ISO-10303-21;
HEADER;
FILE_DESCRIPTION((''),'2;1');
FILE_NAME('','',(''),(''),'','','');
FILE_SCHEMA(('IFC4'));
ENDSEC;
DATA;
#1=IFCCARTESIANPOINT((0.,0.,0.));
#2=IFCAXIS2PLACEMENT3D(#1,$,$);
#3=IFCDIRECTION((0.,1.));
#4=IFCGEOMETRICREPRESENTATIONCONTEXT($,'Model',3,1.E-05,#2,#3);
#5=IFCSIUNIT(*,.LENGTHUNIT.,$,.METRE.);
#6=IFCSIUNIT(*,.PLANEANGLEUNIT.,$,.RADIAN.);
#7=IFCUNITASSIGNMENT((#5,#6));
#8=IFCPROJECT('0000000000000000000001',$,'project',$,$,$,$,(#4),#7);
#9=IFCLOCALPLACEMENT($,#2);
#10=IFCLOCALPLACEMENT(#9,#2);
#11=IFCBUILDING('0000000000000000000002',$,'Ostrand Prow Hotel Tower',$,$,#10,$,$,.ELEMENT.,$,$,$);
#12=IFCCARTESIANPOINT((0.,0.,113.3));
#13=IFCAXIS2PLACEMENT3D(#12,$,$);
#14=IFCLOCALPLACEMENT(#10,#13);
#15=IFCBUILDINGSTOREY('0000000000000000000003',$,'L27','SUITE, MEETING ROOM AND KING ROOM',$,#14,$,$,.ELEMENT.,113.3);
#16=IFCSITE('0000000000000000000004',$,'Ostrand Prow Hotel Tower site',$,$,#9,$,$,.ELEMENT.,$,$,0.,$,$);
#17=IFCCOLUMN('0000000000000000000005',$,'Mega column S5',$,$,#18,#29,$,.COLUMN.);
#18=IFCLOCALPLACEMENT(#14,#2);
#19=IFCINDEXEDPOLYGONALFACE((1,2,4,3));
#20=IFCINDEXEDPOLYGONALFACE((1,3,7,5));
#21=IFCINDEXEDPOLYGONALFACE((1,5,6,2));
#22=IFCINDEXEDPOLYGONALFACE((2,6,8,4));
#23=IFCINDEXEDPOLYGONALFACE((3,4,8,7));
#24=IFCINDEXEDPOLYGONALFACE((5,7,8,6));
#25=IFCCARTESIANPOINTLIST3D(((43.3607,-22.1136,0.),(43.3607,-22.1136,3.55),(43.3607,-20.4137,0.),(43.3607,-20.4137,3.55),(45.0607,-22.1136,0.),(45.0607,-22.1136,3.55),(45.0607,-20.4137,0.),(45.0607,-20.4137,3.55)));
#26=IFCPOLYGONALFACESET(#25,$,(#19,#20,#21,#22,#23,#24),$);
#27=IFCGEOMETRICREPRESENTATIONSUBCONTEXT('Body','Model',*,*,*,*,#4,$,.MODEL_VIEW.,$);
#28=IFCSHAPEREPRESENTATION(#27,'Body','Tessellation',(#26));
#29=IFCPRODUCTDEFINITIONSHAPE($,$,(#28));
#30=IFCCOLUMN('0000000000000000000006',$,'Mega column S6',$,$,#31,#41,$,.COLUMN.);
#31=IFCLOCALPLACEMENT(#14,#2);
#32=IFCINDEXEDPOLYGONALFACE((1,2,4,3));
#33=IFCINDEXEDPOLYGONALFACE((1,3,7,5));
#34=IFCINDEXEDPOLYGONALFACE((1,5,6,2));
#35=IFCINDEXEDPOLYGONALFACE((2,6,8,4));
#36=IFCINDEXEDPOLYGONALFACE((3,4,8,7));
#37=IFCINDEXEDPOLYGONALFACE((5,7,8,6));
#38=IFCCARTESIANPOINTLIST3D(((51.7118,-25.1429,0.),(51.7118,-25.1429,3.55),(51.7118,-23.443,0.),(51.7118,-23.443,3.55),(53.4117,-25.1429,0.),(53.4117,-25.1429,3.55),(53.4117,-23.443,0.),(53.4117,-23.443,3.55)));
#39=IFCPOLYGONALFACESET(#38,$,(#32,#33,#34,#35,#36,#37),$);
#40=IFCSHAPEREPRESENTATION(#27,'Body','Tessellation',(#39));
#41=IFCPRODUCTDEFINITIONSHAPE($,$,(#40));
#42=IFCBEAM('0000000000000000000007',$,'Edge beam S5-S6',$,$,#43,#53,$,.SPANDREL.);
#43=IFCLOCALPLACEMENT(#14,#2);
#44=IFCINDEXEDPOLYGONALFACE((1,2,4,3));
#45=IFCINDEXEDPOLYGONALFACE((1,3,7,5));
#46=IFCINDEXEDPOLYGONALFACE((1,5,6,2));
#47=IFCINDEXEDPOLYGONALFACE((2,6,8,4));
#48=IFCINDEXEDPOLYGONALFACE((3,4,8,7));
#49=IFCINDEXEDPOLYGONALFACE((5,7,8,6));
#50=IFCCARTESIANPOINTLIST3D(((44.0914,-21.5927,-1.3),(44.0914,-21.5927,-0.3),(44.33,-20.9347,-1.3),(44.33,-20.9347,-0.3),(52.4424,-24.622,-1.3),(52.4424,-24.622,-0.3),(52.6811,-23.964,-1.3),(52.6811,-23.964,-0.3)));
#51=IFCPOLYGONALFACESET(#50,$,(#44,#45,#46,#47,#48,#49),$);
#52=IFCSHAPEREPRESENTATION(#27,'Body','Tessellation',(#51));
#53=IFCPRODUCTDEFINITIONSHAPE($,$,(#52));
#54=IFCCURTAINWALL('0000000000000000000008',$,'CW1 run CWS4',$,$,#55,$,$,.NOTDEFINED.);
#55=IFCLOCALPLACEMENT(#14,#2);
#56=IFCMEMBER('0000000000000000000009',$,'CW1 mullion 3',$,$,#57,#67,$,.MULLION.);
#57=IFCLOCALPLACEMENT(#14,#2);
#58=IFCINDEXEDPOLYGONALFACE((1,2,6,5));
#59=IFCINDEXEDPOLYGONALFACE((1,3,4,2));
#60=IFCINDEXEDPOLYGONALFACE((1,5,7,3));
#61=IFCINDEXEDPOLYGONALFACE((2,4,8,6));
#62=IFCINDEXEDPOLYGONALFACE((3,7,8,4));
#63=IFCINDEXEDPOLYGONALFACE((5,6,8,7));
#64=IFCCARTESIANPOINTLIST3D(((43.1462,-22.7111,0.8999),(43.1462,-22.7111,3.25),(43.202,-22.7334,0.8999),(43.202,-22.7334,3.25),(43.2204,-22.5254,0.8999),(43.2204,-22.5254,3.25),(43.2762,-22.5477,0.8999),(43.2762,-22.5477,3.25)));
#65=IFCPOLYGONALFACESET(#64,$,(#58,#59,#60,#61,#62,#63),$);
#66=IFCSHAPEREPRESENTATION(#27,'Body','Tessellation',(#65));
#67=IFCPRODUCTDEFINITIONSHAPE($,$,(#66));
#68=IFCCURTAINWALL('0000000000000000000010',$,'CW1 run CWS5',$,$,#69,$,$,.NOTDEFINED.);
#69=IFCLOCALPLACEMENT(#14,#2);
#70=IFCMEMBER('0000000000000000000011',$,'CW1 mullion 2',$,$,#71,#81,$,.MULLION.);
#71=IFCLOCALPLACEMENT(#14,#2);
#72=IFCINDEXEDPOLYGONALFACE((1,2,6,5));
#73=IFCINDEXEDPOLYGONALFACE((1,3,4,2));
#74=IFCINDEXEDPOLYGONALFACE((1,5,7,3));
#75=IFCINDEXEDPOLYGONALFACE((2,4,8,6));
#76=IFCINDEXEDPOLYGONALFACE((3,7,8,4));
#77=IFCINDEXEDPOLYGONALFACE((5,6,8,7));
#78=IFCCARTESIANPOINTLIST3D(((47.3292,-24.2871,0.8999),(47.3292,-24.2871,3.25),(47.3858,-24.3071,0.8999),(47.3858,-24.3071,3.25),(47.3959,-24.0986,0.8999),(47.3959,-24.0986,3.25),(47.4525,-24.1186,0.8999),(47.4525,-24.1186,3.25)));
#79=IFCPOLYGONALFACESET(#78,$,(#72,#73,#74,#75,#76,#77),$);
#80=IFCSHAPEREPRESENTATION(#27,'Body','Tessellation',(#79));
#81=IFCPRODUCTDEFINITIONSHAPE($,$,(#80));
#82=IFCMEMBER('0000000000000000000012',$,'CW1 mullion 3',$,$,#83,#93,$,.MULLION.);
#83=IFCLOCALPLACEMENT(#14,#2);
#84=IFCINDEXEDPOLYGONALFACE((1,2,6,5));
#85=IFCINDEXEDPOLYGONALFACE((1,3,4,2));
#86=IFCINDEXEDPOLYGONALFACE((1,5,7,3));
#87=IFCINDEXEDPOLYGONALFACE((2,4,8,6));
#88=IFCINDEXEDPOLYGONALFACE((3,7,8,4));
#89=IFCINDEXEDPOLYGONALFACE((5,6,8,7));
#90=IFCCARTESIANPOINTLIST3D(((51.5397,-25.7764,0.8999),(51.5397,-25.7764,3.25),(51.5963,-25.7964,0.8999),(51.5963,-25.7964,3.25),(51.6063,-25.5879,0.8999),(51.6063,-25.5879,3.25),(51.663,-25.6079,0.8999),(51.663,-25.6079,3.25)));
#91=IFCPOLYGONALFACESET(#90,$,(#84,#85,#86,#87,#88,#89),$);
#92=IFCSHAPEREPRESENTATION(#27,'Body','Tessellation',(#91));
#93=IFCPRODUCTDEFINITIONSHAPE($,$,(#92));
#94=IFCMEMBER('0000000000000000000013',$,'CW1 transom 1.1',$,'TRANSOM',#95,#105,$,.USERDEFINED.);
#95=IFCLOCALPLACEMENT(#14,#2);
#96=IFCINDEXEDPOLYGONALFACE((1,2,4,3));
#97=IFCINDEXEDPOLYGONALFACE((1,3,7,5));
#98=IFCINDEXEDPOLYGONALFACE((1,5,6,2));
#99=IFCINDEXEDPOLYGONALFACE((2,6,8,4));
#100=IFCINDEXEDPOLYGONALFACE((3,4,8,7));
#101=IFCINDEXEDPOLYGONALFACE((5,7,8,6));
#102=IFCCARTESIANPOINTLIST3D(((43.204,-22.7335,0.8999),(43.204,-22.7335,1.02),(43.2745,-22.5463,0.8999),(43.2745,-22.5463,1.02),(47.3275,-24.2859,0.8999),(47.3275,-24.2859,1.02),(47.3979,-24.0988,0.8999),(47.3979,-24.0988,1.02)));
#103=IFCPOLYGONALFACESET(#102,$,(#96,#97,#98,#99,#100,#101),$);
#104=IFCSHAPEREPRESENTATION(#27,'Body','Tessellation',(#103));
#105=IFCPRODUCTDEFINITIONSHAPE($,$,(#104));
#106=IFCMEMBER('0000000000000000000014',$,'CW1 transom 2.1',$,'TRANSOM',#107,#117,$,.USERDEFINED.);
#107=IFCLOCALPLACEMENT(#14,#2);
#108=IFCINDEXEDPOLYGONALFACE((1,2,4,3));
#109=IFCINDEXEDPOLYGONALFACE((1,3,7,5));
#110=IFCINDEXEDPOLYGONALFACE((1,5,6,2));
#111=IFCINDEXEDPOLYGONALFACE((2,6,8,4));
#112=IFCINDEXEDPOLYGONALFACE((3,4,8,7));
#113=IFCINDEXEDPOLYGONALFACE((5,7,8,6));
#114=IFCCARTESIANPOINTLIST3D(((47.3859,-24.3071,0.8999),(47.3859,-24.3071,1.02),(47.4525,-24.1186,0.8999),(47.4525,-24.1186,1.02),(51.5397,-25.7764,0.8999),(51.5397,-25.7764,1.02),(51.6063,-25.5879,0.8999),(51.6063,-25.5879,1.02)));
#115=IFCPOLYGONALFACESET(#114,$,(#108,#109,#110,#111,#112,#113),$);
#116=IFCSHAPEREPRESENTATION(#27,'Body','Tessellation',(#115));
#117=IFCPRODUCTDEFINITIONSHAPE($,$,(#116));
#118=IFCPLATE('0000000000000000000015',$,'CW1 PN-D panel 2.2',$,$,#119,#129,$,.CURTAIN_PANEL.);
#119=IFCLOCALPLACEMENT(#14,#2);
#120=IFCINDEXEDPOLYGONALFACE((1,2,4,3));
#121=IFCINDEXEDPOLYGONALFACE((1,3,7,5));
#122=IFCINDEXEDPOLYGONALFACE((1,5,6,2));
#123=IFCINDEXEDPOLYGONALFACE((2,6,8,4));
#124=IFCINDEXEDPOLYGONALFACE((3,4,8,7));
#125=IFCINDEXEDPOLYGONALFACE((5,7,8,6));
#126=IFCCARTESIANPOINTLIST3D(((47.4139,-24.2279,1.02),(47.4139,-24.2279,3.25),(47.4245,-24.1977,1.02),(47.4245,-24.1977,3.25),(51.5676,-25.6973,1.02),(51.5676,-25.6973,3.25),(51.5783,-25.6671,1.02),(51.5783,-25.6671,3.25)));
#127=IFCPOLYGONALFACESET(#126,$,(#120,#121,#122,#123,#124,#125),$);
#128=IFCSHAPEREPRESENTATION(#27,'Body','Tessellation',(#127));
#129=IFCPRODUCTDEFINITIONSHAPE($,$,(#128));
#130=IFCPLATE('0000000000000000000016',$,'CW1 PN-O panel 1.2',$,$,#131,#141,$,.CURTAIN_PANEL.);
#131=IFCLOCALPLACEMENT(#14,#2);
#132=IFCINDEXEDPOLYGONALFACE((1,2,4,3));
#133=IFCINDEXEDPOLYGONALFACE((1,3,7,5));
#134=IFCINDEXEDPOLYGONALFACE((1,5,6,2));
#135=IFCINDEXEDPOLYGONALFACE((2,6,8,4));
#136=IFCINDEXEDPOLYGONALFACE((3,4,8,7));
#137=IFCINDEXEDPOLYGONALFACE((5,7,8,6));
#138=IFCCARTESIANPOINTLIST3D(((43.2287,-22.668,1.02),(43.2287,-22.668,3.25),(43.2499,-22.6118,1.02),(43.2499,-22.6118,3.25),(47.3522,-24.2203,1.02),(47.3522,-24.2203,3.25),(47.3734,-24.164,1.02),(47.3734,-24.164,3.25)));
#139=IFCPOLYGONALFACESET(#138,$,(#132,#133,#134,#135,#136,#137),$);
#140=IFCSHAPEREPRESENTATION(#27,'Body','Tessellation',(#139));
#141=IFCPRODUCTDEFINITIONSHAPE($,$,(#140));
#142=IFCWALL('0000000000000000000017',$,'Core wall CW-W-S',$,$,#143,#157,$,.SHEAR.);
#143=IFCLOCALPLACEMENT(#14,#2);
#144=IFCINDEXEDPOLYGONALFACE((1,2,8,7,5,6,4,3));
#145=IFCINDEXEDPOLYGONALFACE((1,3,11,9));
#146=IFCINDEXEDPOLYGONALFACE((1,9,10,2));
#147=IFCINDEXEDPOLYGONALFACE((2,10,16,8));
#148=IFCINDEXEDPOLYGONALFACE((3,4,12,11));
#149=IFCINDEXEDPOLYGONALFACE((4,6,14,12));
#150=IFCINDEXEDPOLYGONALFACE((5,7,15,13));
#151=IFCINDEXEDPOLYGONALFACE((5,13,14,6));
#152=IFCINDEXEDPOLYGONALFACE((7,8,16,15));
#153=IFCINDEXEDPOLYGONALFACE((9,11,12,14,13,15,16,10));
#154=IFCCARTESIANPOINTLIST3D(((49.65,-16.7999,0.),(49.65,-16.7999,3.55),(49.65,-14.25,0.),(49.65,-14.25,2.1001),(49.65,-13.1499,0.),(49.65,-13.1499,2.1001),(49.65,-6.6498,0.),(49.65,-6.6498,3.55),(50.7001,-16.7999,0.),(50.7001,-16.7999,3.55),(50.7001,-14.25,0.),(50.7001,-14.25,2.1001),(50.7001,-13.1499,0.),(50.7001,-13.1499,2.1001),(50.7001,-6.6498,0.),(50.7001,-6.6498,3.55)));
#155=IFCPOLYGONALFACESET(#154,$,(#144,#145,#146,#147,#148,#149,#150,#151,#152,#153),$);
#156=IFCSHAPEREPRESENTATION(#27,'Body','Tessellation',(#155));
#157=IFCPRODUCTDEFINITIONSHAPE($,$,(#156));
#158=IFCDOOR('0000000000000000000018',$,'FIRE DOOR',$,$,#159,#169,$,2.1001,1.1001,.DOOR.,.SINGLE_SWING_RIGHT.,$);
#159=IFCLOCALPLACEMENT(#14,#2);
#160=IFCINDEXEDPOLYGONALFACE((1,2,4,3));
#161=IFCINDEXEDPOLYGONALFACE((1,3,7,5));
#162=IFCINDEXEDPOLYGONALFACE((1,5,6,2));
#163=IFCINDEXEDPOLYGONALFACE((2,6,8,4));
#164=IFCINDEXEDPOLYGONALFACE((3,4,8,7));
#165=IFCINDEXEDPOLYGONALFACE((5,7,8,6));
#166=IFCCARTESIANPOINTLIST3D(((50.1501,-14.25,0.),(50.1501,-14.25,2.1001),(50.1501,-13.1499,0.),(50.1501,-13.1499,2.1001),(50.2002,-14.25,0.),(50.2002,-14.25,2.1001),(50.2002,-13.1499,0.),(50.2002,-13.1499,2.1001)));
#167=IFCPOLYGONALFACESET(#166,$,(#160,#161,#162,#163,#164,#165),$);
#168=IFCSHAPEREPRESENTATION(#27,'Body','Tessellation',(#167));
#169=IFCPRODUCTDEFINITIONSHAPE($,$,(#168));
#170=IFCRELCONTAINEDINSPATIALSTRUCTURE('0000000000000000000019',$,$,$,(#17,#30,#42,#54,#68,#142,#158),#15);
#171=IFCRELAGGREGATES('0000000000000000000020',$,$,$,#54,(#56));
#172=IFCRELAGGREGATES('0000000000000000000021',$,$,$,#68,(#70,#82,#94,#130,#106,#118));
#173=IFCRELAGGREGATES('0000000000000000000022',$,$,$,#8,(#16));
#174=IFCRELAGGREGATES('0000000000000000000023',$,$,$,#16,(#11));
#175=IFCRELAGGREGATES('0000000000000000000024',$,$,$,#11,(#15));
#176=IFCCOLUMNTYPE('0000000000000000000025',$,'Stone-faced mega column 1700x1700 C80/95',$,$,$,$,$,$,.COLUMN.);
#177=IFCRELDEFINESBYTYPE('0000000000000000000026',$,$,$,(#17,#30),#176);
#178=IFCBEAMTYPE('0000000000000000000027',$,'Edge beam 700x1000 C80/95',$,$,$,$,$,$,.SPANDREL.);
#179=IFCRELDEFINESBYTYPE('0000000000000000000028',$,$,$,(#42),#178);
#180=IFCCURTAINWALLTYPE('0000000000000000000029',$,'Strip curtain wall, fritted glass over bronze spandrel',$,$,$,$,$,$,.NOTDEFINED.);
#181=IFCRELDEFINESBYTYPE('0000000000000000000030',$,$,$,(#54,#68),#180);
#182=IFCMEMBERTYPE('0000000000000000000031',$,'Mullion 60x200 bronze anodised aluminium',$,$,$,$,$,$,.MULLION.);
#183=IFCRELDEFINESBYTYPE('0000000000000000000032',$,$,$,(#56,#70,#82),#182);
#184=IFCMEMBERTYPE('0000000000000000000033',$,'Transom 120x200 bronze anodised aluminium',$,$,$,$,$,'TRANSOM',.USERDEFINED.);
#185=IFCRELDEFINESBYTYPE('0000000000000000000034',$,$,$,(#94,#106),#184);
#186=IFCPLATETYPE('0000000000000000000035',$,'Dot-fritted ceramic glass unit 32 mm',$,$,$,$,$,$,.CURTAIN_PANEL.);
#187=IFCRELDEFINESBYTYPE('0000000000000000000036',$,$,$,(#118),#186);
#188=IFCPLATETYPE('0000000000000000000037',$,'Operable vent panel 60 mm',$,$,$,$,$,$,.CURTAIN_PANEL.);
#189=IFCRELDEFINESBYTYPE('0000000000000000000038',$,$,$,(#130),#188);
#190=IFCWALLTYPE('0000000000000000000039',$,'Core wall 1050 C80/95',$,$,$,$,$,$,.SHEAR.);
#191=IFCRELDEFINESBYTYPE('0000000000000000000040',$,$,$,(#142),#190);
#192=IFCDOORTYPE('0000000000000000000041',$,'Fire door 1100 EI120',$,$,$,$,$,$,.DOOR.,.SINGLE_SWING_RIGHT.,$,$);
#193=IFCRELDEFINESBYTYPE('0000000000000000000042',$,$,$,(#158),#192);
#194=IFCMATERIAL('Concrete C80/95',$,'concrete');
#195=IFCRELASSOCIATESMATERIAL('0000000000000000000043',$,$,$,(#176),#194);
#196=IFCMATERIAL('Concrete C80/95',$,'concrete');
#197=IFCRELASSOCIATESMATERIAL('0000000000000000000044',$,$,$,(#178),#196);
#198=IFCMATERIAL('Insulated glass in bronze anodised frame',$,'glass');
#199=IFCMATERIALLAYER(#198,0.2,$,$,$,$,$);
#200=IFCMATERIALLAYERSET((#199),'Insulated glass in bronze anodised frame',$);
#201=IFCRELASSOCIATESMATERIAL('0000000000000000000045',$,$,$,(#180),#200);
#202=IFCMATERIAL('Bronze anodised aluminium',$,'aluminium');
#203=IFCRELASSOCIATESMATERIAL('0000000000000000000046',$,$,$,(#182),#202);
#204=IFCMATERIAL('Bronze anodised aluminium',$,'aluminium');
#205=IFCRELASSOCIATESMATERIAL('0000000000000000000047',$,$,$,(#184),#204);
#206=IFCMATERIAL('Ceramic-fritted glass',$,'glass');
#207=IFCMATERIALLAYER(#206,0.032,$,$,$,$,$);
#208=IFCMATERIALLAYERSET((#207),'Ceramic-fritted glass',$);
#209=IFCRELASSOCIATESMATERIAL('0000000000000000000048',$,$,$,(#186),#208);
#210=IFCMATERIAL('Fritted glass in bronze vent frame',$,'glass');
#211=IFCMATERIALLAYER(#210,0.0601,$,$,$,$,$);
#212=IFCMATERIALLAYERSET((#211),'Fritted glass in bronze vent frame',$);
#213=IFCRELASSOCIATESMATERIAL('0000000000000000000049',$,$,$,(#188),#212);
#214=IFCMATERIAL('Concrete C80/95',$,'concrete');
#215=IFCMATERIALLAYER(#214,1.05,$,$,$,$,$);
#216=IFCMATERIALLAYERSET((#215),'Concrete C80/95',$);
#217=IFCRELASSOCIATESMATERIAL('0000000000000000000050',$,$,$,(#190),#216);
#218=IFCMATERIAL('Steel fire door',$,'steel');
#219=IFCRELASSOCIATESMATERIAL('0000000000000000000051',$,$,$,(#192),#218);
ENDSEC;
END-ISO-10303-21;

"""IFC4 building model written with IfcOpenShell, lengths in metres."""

from ifc_helpers import new_model, si_unit, direction, frame, frame_2d, origin, origin_2d, place, context, subcontext, project, spatial, rectangle, extrude, material, layer, layer_set, material_profile, profile_set, type_object, element, fill, aggregate, save


model = new_model("IFC4")

# Units and contexts
model_context = context("Model", 3, precision=1e-05, world=origin(), true_north=direction((0.0, 1.0)))
body_context = subcontext(model_context, "Body", "Model", "MODEL_VIEW")
ifc_project = project(units=[si_unit("LENGTHUNIT", "METRE"), si_unit("PLANEANGLEUNIT", "RADIAN")], contexts=[model_context])

# Site, building, storey
site_placement = place(None, origin())
site = spatial("IfcSite", under=ifc_project, at=site_placement, Name="Ostrand Prow Hotel Tower site", CompositionType="ELEMENT", RefElevation=0.0)
building_placement = place(site_placement, origin())
building = spatial("IfcBuilding", under=site, at=building_placement, Name="Ostrand Prow Hotel Tower", CompositionType="ELEMENT")
storey_placement = place(building_placement, frame((0.0, 0.0, 113.3)))
storey = spatial("IfcBuildingStorey", under=building, at=storey_placement, Name="L27", Description="SUITE, MEETING ROOM AND KING ROOM", CompositionType="ELEMENT", Elevation=113.3)

# Columns
ifc_material_1 = material(Name="Concrete C80/95", Category="concrete")
ifc_material_profile_1 = material_profile(ifc_material_1, rectangle(XDim=1.7, YDim=1.7, at=origin_2d()), Name="RC 1700x1700")
ifc_profile_set_1 = profile_set([ifc_material_profile_1], Name="Concrete C80/95")
column_type = type_object("IfcColumnType", Name="Stone-faced mega column 1700x1700 C80/95", PredefinedType="COLUMN", material=ifc_profile_set_1)
for number, where, z_axis, x_axis, name in (
    (1, (44.2107, -21.2637, 0.0), (0.0, 0.0, 1.0), (1.0, 0.0, 0.0), "Mega column S5"),
    (2, (52.5618, -24.293, 0.0), (0.0, 0.0, 1.0), (1.0, 0.0, 0.0), "Mega column S6"),
):
    element("IfcColumn", number, at=place(storey_placement, frame(where, z_axis=z_axis, x_axis=x_axis)), inside=storey, type_object=column_type, Name=name, PredefinedType="COLUMN", context=body_context, shape_type="SweptSolid", body=[
        extrude(rectangle(XDim=1.7, YDim=1.7, at=origin_2d()), origin(), (0.0, 0.0, 1.0), 3.55),
    ])

# Beam
ifc_material_2 = material(Name="Concrete C80/95", Category="concrete")
ifc_material_profile_2 = material_profile(ifc_material_2, rectangle(XDim=0.7, YDim=1.0, at=origin_2d()), Name="RC 700x1000")
ifc_profile_set_2 = profile_set([ifc_material_profile_2], Name="Concrete C80/95")
beam_type = type_object("IfcBeamType", Name="Edge beam 700x1000 C80/95", PredefinedType="SPANDREL", material=ifc_profile_set_2)
beam_placement = place(storey_placement, frame((44.2107, -21.2637, -0.8), z_axis=(0.940063, -0.341002, 0.0), x_axis=(0.341002, 0.940063, 0.0)))
element("IfcBeam", 3, at=beam_placement, inside=storey, type_object=beam_type, Name="Edge beam S5-S6", PredefinedType="SPANDREL", context=body_context, shape_type="SweptSolid", body=[
    extrude(rectangle(XDim=0.7, YDim=1.0, at=origin_2d()), origin(), (0.0, 0.0, 1.0), 8.8835),
])

# Curtain wall, member
ifc_material_3 = material(Name="Insulated glass in bronze anodised frame", Category="glass")
ifc_layer_1 = layer(ifc_material_3, 0.2)
ifc_layer_set_1 = layer_set([ifc_layer_1], Name="Insulated glass in bronze anodised frame")
curtain_wall_type = type_object("IfcCurtainWallType", Name="Strip curtain wall, fritted glass over bronze spandrel", PredefinedType="NOTDEFINED", material=ifc_layer_set_1)
curtain_wall_1_placement = place(storey_placement, origin())
curtain_wall_1 = element("IfcCurtainWall", 4, at=curtain_wall_1_placement, inside=storey, type_object=curtain_wall_type, Name="CW1 run CWS4", PredefinedType="NOTDEFINED")
ifc_material_4 = material(Name="Bronze anodised aluminium", Category="aluminium")
ifc_material_profile_3 = material_profile(ifc_material_4, rectangle(XDim=0.2, YDim=0.0601, at=origin_2d()), Name="Mullion 60x200 bronze anodised aluminium")
ifc_profile_set_3 = profile_set([ifc_material_profile_3], Name="Bronze anodised aluminium")
member_type_1 = type_object("IfcMemberType", Name="Mullion 60x200 bronze anodised aluminium", PredefinedType="MULLION", material=ifc_profile_set_3)
member_1_placement = place(storey_placement, frame((43.2112, -22.6294, 0.8999), z_axis=(0.0, 0.0, 1.0), x_axis=(0.370982, 0.92864, 0.0)))
member_1 = element("IfcMember", 5, at=member_1_placement, type_object=member_type_1, Name="CW1 mullion 3", PredefinedType="MULLION", context=body_context, shape_type="SweptSolid", body=[
    extrude(rectangle(XDim=0.2, YDim=0.0601, at=origin_2d()), origin(), (0.0, 0.0, 1.0), 2.3501),
])
aggregate(curtain_wall_1, [member_1])

# Curtain wall, members, plates
curtain_wall_2_placement = place(storey_placement, origin())
curtain_wall_2 = element("IfcCurtainWall", 6, at=curtain_wall_2_placement, inside=storey, type_object=curtain_wall_type, Name="CW1 run CWS5", PredefinedType="NOTDEFINED")
member_2_placement = place(storey_placement, frame((47.3909, -24.2029, 0.8999), z_axis=(0.0, 0.0, 1.0), x_axis=(0.333496, 0.942752, 0.0)))
member_2 = element("IfcMember", 7, at=member_2_placement, type_object=member_type_1, Name="CW1 mullion 2", PredefinedType="MULLION", context=body_context, shape_type="SweptSolid", body=[
    extrude(rectangle(XDim=0.2, YDim=0.0601, at=origin_2d()), origin(), (0.0, 0.0, 1.0), 2.3501),
])
member_3_placement = place(storey_placement, frame((51.6013, -25.6921, 0.8999), z_axis=(0.0, 0.0, 1.0), x_axis=(0.333496, 0.942752, 0.0)))
member_3 = element("IfcMember", 8, at=member_3_placement, type_object=member_type_1, Name="CW1 mullion 3", PredefinedType="MULLION", context=body_context, shape_type="SweptSolid", body=[
    extrude(rectangle(XDim=0.2, YDim=0.0601, at=origin_2d()), origin(), (0.0, 0.0, 1.0), 2.3501),
])
ifc_material_5 = material(Name="Bronze anodised aluminium", Category="aluminium")
ifc_material_profile_4 = material_profile(ifc_material_5, rectangle(XDim=0.2, YDim=0.1201, at=origin_2d()), Name="Transom 120x200 bronze anodised aluminium")
ifc_profile_set_4 = profile_set([ifc_material_profile_4], Name="Bronze anodised aluminium")
member_type_2 = type_object("IfcMemberType", Name="Transom 120x200 bronze anodised aluminium", ElementType="TRANSOM", PredefinedType="USERDEFINED", material=ifc_profile_set_4)
member_4_placement = place(storey_placement, frame((43.2393, -22.6399, 0.96), z_axis=(0.935868, -0.35235, 0.0), x_axis=(0.35235, 0.935868, 0.0)))
member_4 = element("IfcMember", 9, at=member_4_placement, type_object=member_type_2, Name="CW1 transom 1.1", ObjectType="TRANSOM", PredefinedType="USERDEFINED", context=body_context, shape_type="SweptSolid", body=[
    extrude(rectangle(XDim=0.2, YDim=0.1201, at=origin_2d()), origin(), (0.0, 0.0, 1.0), 4.406),
])
member_5_placement = place(storey_placement, frame((47.4192, -24.2129, 0.96), z_axis=(0.942763, -0.333463, 0.0), x_axis=(0.333463, 0.942763, 0.0)))
member_5 = element("IfcMember", 10, at=member_5_placement, type_object=member_type_2, Name="CW1 transom 2.1", ObjectType="TRANSOM", PredefinedType="USERDEFINED", context=body_context, shape_type="SweptSolid", body=[
    extrude(rectangle(XDim=0.2, YDim=0.1201, at=origin_2d()), origin(), (0.0, 0.0, 1.0), 4.406),
])
ifc_material_6 = material(Name="Ceramic-fritted glass", Category="glass")
ifc_layer_2 = layer(ifc_material_6, 0.032)
ifc_layer_set_2 = layer_set([ifc_layer_2], Name="Ceramic-fritted glass")
plate_type_1 = type_object("IfcPlateType", Name="Dot-fritted ceramic glass unit 32 mm", PredefinedType="CURTAIN_PANEL", material=ifc_layer_set_2)
plate_1_placement = place(storey_placement, frame((49.4961, -24.9475, 1.02), z_axis=(0.0, 0.0, 1.0), x_axis=(0.942752, -0.333496, 0.0)))
plate_1 = element("IfcPlate", 11, at=plate_1_placement, type_object=plate_type_1, Name="CW1 PN-D panel 2.2", PredefinedType="CURTAIN_PANEL", context=body_context, shape_type="SweptSolid", body=[
    extrude(rectangle(XDim=4.406, YDim=0.032, at=origin_2d()), origin(), (0.0, 0.0, 1.0), 2.23),
])
ifc_material_7 = material(Name="Fritted glass in bronze vent frame", Category="glass")
ifc_layer_3 = layer(ifc_material_7, 0.0601)
ifc_layer_set_3 = layer_set([ifc_layer_3], Name="Fritted glass in bronze vent frame")
plate_type_2 = type_object("IfcPlateType", Name="Operable vent panel 60 mm", PredefinedType="CURTAIN_PANEL", material=ifc_layer_set_3)
plate_2_placement = place(storey_placement, frame((45.301, -23.416, 1.02), z_axis=(0.0, 0.0, 1.0), x_axis=(0.935884, -0.352309, 0.0)))
plate_2 = element("IfcPlate", 12, at=plate_2_placement, type_object=plate_type_2, Name="CW1 PN-O panel 1.2", PredefinedType="CURTAIN_PANEL", context=body_context, shape_type="SweptSolid", body=[
    extrude(rectangle(XDim=4.406, YDim=0.0601, at=origin_2d()), origin(), (0.0, 0.0, 1.0), 2.23),
])
aggregate(curtain_wall_2, [member_2, member_3, member_4, plate_2, member_5, plate_1])

# Wall, opening, door
ifc_material_8 = material(Name="Concrete C80/95", Category="concrete")
ifc_layer_4 = layer(ifc_material_8, 1.05)
ifc_layer_set_4 = layer_set([ifc_layer_4], Name="Concrete C80/95")
wall_type_1 = type_object("IfcWallType", Name="Core wall 1050 C80/95", PredefinedType="SHEAR", material=ifc_layer_set_4)
wall_1_placement = place(storey_placement, frame((50.175, -16.8, 0.0), z_axis=(0.0, 0.0, 1.0), x_axis=(0.0, 1.0, 0.0)))
wall_1 = element("IfcWall", 13, at=wall_1_placement, inside=storey, type_object=wall_type_1, Name="Core wall CW-W-S", PredefinedType="SHEAR", context=body_context, shape_type="SweptSolid", body=[
    extrude(rectangle(XDim=10.1501, YDim=1.05, at=frame_2d((5.0752, 0.0))), origin(), (0.0, 0.0, 1.0), 3.55),
])
opening_1_placement = place(wall_1_placement, frame((2.55, 0.0, 0.0)))
opening_1 = element("IfcOpeningElement", 14, at=opening_1_placement, cuts=wall_1, PredefinedType="OPENING", context=body_context, shape_type="SweptSolid", body=[
    extrude(rectangle(XDim=1.1001, YDim=2.1001, at=frame_2d((0.55, 1.05))), frame((0.0, 0.5349, 0.0), z_axis=(0.0, -1.0, 0.0), x_axis=(1.0, 0.0, 0.0)), (0.0, 0.0, 1.0), 1.0701),
])
ifc_material_9 = material(Name="Steel fire door", Category="steel")
door_type_1 = type_object("IfcDoorType", Name="Fire door 1100 EI120", OperationType="SINGLE_SWING_RIGHT", PredefinedType="DOOR", material=ifc_material_9)
door_1_placement = place(opening_1_placement, origin())
door_1 = element("IfcDoor", 15, at=door_1_placement, inside=storey, type_object=door_type_1, Name="FIRE DOOR", OperationType="SINGLE_SWING_RIGHT", OverallHeight=2.1001, OverallWidth=1.1001, PredefinedType="DOOR", context=body_context, shape_type="SweptSolid", body=[
    extrude(rectangle(XDim=1.1001, YDim=2.1001, at=frame_2d((0.55, 1.05))), frame((0.0, 0.0249, 0.0), z_axis=(0.0, -1.0, 0.0), x_axis=(1.0, 0.0, 0.0)), (0.0, 0.0, 1.0), 0.05),
])
fill(opening_1, door_1)

save(model, "model.ifc")
